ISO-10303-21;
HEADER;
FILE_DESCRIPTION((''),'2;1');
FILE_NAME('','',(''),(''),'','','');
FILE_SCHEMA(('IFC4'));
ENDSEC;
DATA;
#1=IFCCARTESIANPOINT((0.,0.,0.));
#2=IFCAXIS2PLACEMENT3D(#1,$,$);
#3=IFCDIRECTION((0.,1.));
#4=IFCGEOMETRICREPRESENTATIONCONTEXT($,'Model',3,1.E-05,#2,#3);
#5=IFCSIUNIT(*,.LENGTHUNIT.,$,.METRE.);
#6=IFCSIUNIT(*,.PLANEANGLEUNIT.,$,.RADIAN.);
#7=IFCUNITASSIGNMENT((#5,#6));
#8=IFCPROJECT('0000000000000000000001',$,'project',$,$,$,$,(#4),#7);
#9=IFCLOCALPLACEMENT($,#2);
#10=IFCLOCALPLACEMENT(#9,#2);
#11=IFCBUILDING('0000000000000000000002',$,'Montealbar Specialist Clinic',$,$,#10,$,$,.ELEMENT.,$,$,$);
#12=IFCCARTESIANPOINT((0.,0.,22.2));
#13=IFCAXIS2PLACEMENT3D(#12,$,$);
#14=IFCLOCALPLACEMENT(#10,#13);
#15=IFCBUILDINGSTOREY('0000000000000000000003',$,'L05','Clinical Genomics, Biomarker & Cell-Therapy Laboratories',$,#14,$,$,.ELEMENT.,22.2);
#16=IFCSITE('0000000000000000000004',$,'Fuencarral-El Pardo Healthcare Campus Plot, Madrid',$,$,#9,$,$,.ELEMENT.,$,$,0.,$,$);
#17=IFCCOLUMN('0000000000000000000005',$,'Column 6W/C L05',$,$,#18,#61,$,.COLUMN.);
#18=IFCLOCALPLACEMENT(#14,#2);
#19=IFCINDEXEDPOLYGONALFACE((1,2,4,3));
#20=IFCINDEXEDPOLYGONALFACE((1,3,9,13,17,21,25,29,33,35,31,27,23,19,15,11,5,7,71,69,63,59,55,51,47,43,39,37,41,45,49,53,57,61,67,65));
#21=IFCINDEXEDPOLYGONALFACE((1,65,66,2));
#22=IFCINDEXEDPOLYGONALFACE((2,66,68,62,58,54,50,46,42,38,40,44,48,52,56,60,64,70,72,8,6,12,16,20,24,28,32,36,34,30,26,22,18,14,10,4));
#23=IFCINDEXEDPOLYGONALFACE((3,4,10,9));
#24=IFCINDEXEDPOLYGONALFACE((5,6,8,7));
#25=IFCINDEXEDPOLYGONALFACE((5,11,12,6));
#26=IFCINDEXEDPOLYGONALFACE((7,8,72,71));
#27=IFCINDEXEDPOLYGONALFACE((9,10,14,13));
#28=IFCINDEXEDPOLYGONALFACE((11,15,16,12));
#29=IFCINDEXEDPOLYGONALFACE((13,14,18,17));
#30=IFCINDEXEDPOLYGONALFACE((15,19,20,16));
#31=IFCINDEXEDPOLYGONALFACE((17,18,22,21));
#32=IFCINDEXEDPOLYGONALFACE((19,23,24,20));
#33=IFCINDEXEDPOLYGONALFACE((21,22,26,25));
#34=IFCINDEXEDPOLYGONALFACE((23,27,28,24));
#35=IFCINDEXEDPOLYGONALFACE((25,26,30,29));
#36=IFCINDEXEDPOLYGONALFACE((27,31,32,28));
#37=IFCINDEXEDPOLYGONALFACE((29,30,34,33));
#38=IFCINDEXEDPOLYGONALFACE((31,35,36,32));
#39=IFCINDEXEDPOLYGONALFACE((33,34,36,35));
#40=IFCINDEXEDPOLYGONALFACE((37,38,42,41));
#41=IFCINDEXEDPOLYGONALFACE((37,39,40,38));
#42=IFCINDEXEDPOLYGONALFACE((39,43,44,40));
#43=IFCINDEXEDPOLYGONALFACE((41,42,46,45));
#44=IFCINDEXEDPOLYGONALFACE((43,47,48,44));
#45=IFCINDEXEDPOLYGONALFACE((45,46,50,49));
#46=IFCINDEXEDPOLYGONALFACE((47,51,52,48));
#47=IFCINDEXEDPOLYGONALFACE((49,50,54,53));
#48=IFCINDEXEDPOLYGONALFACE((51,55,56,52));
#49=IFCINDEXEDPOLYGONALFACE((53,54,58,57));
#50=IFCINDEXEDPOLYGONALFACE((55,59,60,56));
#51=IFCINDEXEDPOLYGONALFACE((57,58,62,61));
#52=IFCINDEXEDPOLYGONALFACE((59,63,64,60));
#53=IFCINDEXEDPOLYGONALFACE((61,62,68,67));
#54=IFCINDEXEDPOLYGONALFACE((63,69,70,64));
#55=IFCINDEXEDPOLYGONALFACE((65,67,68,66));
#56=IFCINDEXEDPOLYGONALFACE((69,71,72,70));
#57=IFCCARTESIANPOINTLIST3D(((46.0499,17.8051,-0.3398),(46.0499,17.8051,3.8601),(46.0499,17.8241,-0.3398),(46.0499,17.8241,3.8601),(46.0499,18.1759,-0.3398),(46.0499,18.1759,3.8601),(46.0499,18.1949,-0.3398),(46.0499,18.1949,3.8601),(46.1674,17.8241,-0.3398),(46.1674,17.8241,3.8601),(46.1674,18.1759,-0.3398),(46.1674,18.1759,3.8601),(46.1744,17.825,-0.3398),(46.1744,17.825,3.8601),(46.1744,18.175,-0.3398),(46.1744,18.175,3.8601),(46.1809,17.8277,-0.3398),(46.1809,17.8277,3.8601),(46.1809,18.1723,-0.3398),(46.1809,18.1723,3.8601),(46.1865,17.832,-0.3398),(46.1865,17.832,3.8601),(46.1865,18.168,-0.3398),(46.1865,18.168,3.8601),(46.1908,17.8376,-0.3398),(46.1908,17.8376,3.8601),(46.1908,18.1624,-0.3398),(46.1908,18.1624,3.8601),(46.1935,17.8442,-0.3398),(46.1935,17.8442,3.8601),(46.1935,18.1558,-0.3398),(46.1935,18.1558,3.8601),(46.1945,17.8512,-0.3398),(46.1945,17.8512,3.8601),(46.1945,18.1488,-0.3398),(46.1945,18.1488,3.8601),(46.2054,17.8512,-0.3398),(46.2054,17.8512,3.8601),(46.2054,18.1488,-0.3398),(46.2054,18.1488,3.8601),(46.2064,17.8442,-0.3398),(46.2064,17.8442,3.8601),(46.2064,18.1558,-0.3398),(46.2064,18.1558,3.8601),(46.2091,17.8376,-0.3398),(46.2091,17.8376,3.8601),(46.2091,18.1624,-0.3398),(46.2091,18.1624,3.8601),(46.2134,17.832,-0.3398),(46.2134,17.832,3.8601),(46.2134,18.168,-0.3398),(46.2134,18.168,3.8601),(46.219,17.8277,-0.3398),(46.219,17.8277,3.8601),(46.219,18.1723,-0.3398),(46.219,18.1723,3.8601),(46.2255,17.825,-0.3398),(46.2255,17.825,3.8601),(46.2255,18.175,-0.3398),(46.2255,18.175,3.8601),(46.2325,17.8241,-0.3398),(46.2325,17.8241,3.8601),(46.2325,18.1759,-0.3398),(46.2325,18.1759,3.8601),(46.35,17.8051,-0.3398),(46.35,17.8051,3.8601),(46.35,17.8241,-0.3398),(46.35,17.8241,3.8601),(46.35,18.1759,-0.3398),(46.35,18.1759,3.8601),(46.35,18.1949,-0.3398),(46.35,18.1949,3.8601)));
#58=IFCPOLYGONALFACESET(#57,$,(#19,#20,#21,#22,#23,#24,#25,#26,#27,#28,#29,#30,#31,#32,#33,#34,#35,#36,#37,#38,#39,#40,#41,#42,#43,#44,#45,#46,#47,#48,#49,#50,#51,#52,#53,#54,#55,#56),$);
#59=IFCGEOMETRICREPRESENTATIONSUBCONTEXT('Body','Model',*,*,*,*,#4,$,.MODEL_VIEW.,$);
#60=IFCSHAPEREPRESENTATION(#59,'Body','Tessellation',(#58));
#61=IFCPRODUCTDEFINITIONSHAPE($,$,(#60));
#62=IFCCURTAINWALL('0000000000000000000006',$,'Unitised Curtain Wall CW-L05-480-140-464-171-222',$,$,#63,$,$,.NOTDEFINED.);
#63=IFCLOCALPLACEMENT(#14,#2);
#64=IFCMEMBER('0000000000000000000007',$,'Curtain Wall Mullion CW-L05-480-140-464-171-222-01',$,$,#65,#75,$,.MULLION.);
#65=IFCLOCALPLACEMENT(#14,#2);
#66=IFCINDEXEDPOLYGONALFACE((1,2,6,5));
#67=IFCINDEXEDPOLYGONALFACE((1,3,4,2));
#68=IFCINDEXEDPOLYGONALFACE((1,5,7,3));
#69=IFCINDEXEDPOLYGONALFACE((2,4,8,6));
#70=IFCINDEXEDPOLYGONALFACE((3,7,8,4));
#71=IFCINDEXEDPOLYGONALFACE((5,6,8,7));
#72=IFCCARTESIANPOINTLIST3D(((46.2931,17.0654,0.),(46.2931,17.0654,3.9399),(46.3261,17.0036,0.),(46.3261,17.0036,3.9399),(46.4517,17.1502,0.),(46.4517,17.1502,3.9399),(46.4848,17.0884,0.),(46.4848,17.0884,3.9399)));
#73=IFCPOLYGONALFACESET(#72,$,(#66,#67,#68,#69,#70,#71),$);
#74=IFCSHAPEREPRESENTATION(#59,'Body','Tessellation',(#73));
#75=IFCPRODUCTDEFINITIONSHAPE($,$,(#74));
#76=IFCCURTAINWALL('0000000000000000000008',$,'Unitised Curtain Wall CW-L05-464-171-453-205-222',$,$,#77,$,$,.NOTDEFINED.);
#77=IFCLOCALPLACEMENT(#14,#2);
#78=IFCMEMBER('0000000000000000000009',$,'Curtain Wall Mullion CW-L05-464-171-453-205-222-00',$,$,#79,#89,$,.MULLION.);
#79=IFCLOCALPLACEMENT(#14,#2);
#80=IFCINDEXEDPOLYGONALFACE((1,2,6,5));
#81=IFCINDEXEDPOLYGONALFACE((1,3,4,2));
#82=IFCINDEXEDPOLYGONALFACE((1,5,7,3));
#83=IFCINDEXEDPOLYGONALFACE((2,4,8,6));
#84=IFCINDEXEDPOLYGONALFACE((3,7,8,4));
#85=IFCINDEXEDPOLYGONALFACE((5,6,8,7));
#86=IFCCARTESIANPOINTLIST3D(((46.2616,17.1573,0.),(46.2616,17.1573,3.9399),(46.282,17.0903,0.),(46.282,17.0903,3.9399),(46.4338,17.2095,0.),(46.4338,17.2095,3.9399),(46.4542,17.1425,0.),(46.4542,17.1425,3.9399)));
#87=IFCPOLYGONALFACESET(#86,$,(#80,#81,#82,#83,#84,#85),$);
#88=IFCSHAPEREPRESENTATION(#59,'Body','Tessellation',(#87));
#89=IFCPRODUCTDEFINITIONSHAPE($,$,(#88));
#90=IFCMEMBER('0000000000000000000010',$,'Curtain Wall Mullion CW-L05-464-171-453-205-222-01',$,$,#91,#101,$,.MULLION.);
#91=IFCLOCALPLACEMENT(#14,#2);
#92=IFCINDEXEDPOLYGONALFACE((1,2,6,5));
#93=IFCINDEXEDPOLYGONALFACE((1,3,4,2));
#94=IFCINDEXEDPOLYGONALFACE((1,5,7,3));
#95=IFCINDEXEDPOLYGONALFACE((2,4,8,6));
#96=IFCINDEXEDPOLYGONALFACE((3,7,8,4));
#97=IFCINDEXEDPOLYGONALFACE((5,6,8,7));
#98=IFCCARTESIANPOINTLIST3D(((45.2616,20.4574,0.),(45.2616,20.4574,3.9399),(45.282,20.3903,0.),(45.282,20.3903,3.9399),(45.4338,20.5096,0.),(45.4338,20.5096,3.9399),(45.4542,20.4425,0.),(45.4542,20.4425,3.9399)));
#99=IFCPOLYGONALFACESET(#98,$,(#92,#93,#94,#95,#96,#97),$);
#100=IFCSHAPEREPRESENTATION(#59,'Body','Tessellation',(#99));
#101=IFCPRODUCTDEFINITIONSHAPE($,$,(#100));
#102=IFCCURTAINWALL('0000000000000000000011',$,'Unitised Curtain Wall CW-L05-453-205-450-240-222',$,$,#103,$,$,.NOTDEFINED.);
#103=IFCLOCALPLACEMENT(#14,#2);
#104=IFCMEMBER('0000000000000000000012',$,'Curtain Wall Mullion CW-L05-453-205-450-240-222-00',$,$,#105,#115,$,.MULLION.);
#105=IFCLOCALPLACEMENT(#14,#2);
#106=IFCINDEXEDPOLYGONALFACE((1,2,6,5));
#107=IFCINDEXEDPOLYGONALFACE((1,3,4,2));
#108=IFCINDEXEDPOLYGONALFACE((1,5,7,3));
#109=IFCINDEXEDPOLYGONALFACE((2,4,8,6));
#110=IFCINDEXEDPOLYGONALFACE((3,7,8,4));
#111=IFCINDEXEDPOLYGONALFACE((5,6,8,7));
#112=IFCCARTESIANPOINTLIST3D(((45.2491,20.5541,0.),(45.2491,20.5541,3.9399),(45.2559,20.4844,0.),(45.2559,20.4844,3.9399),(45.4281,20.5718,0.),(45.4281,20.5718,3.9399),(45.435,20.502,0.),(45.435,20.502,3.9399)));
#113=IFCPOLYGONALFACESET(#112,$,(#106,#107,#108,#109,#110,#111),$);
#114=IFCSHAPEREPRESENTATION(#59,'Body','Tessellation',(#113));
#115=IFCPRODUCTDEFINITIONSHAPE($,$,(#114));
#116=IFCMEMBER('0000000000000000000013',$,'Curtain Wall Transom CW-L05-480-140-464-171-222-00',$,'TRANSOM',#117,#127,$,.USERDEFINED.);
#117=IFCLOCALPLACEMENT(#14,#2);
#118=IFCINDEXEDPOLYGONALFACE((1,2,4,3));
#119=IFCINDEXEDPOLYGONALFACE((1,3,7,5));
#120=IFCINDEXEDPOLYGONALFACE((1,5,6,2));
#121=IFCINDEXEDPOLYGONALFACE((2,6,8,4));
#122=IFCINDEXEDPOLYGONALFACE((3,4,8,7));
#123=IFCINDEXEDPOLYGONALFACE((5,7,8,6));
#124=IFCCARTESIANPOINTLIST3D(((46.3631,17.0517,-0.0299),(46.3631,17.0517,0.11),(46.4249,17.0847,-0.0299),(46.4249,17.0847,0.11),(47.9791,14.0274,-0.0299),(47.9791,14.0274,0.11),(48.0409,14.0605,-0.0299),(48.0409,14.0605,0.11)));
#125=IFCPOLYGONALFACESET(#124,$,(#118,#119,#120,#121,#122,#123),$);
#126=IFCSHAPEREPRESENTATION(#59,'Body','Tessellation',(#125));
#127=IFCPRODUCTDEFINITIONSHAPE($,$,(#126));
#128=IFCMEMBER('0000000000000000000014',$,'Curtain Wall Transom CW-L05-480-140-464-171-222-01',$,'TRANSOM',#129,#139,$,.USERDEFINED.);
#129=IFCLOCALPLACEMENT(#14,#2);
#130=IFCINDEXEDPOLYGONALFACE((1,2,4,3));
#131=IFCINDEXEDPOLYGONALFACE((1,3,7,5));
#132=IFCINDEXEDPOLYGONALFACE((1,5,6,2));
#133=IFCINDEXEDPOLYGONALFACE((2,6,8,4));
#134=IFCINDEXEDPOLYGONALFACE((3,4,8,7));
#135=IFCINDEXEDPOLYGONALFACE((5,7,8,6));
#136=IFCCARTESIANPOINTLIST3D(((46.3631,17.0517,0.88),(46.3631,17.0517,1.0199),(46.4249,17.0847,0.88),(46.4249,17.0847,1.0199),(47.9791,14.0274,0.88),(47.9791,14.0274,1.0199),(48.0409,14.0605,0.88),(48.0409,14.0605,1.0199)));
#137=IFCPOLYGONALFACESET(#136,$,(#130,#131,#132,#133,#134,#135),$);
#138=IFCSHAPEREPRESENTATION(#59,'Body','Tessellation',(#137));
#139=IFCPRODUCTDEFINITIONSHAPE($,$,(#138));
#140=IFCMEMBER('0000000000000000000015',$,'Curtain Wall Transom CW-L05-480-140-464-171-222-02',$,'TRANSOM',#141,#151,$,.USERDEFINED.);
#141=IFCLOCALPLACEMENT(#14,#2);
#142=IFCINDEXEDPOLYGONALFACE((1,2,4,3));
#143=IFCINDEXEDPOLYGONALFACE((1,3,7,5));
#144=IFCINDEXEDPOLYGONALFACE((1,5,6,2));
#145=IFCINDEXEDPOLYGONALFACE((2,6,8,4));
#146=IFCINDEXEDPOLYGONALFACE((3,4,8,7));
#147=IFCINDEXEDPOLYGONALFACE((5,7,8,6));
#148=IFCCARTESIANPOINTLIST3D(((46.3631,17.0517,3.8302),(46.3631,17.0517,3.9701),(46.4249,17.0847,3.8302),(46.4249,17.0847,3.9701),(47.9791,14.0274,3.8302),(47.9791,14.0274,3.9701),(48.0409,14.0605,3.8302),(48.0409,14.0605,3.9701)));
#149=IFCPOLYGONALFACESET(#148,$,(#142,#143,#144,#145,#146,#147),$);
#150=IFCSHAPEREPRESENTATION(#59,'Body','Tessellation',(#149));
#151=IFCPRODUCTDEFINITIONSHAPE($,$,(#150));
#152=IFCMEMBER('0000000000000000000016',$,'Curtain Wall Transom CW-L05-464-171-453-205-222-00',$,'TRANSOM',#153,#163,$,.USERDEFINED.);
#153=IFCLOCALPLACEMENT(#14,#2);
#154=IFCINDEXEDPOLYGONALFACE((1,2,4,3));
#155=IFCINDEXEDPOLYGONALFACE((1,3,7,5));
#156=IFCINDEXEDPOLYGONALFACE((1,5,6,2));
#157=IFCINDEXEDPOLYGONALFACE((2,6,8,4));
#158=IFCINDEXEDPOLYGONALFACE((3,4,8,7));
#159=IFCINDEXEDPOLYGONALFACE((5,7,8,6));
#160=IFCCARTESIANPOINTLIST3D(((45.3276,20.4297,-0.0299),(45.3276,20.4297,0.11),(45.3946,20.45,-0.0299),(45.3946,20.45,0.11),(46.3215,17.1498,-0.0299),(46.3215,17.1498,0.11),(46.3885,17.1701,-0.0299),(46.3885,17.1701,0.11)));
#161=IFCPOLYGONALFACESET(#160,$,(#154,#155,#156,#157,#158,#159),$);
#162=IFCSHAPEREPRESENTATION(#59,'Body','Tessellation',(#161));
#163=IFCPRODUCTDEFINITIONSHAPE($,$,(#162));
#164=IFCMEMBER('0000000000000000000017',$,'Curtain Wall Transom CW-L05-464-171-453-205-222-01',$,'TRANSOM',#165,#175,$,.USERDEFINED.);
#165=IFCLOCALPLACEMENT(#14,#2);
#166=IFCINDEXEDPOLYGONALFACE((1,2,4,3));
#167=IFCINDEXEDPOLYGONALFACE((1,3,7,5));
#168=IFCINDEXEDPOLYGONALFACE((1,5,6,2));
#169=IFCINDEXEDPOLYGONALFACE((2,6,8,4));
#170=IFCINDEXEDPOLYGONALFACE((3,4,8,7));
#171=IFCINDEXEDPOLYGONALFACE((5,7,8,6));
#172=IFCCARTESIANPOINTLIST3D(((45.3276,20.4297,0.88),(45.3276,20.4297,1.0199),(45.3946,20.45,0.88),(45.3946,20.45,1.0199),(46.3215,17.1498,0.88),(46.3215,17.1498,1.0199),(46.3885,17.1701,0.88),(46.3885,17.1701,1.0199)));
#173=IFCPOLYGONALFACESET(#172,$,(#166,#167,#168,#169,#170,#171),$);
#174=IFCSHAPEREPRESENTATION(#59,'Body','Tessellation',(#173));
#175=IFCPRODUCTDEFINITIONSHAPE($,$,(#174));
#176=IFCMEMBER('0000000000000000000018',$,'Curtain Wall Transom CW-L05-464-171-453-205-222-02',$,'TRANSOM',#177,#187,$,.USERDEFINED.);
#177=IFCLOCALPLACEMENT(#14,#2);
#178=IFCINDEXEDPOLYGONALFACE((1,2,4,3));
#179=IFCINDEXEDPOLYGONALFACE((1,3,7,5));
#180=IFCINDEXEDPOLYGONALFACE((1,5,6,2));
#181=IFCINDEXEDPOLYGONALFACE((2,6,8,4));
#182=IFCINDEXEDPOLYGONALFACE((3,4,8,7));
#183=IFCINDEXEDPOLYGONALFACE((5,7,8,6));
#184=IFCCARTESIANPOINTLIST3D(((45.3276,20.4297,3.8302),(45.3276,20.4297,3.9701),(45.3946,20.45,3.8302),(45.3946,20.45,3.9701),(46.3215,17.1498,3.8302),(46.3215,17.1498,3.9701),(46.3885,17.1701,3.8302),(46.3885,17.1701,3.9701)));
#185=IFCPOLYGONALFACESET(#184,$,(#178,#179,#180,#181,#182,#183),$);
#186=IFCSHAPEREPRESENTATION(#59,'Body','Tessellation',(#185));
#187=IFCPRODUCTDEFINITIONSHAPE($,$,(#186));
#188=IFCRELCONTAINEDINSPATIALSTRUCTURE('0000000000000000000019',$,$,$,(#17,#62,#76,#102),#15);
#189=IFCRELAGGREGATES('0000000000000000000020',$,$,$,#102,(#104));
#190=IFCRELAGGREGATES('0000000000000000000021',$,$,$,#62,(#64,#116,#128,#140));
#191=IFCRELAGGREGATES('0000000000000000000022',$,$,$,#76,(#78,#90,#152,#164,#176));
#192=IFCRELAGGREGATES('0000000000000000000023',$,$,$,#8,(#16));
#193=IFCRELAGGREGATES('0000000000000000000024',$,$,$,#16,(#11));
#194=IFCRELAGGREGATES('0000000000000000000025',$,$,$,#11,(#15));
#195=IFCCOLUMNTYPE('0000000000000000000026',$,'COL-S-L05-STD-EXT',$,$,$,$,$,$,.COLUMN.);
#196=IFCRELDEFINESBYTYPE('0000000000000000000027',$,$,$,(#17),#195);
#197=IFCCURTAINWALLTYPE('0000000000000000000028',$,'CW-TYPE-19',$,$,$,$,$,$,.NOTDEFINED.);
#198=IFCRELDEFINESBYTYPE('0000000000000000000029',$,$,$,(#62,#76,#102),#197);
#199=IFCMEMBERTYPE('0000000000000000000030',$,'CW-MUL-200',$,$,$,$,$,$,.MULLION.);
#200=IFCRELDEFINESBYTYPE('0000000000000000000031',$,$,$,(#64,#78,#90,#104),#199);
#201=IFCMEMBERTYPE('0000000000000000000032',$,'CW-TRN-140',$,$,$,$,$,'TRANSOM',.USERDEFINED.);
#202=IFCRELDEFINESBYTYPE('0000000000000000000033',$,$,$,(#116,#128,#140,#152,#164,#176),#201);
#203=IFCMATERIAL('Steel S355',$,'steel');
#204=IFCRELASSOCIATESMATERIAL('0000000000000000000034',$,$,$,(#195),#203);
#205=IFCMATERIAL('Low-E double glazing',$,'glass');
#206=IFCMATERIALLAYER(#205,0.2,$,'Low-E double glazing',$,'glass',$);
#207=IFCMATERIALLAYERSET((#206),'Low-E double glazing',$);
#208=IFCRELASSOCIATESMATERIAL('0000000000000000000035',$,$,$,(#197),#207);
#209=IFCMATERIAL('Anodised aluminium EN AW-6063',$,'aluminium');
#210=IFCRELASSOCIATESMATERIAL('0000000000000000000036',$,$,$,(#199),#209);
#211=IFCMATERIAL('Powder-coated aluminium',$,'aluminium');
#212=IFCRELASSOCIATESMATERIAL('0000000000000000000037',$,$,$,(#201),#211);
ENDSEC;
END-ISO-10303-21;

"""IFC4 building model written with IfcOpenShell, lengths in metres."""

from ifc_helpers import new_model, si_unit, direction, frame, origin, origin_2d, place, context, subcontext, project, spatial, rectangle, i_section, extrude, material, layer, layer_set, material_profile, profile_set, type_object, element, aggregate, save


model = new_model("IFC4")

# Units and contexts
model_context = context("Model", 3, precision=1e-05, world=origin(), true_north=direction((0.0, 1.0)))
body_context = subcontext(model_context, "Body", "Model", "MODEL_VIEW")
ifc_project = project(units=[si_unit("LENGTHUNIT", "METRE"), si_unit("PLANEANGLEUNIT", "RADIAN")], contexts=[model_context])

# Site, building, storey
site_placement = place(None, origin())
site = spatial("IfcSite", under=ifc_project, at=site_placement, Name="Fuencarral-El Pardo Healthcare Campus Plot, Madrid", CompositionType="ELEMENT", RefElevation=0.0)
building_placement = place(site_placement, origin())
building = spatial("IfcBuilding", under=site, at=building_placement, Name="Montealbar Specialist Clinic", CompositionType="ELEMENT")
storey_placement = place(building_placement, frame((0.0, 0.0, 22.2)))
storey = spatial("IfcBuildingStorey", under=building, at=storey_placement, Name="L05", Description="Clinical Genomics, Biomarker & Cell-Therapy Laboratories", CompositionType="ELEMENT", Elevation=22.2)

# Column
ifc_material_1 = material(Name="Steel S355", Category="steel")
ifc_material_profile_1 = material_profile(ifc_material_1, i_section(OverallWidth=0.3, OverallDepth=0.3899, WebThickness=0.011, FlangeThickness=0.019, FilletRadius=0.0271, at=origin_2d()), Name="HEA 400", Category="steel")
ifc_profile_set_1 = profile_set([ifc_material_profile_1], Name="Steel S355")
column_type = type_object("IfcColumnType", Name="COL-S-L05-STD-EXT", PredefinedType="COLUMN", material=ifc_profile_set_1)
column_placement = place(storey_placement, frame((46.2, 18.0, -0.3398), z_axis=(0.0, 0.0, 1.0), x_axis=(1.0, 0.0, 0.0)))
element("IfcColumn", 1, at=column_placement, inside=storey, type_object=column_type, Name="Column 6W/C L05", PredefinedType="COLUMN", context=body_context, shape_type="SweptSolid", body=[
    extrude(i_section(OverallWidth=0.3, OverallDepth=0.3899, WebThickness=0.011, FlangeThickness=0.019, FilletRadius=0.0271, at=origin_2d()), origin(), (0.0, 0.0, 1.0), 4.2),
])

# Curtain wall, member
ifc_material_2 = material(Name="Low-E double glazing", Category="glass")
ifc_layer_1 = layer(ifc_material_2, 0.2, Name="Low-E double glazing", Category="glass")
ifc_layer_set_1 = layer_set([ifc_layer_1], Name="Low-E double glazing")
curtain_wall_type = type_object("IfcCurtainWallType", Name="CW-TYPE-19", PredefinedType="NOTDEFINED", material=ifc_layer_set_1)
curtain_wall_1_placement = place(storey_placement, origin())
curtain_wall_1 = element("IfcCurtainWall", 2, at=curtain_wall_1_placement, inside=storey, type_object=curtain_wall_type, Name="Unitised Curtain Wall CW-L05-480-140-464-171-222", PredefinedType="NOTDEFINED")
ifc_material_3 = material(Name="Anodised aluminium EN AW-6063", Category="aluminium")
ifc_material_profile_2 = material_profile(ifc_material_3, rectangle(XDim=0.0701, YDim=0.1799, at=origin_2d()), Name="ALU 70x180", Category="aluminium")
ifc_profile_set_2 = profile_set([ifc_material_profile_2], Name="Anodised aluminium EN AW-6063")
member_type_1 = type_object("IfcMemberType", Name="CW-MUL-200", PredefinedType="MULLION", material=ifc_profile_set_2)
member_1_placement = place(storey_placement, frame((46.3889, 17.0769, 0.0), z_axis=(0.0, 0.0, 1.0), x_axis=(-0.471529, 0.88185, 0.0)))
member_1 = element("IfcMember", 3, at=member_1_placement, type_object=member_type_1, Name="Curtain Wall Mullion CW-L05-480-140-464-171-222-01", PredefinedType="MULLION", context=body_context, shape_type="SweptSolid", body=[
    extrude(rectangle(XDim=0.0701, YDim=0.1799, at=origin_2d()), origin(), (0.0, 0.0, 1.0), 3.9399),
])

# Curtain wall, members
curtain_wall_2_placement = place(storey_placement, origin())
curtain_wall_2 = element("IfcCurtainWall", 4, at=curtain_wall_2_placement, inside=storey, type_object=curtain_wall_type, Name="Unitised Curtain Wall CW-L05-464-171-453-205-222", PredefinedType="NOTDEFINED")
member_2_placement = place(storey_placement, frame((46.3579, 17.1499, 0.0), z_axis=(0.0, 0.0, 1.0), x_axis=(-0.290259, 0.956948, 0.0)))
member_2 = element("IfcMember", 5, at=member_2_placement, type_object=member_type_1, Name="Curtain Wall Mullion CW-L05-464-171-453-205-222-00", PredefinedType="MULLION", context=body_context, shape_type="SweptSolid", body=[
    extrude(rectangle(XDim=0.0701, YDim=0.1799, at=origin_2d()), origin(), (0.0, 0.0, 1.0), 3.9399),
])
member_3_placement = place(storey_placement, frame((45.3579, 20.45, 0.0), z_axis=(0.0, 0.0, 1.0), x_axis=(-0.290259, 0.956948, 0.0)))
member_3 = element("IfcMember", 6, at=member_3_placement, type_object=member_type_1, Name="Curtain Wall Mullion CW-L05-464-171-453-205-222-01", PredefinedType="MULLION", context=body_context, shape_type="SweptSolid", body=[
    extrude(rectangle(XDim=0.0701, YDim=0.1799, at=origin_2d()), origin(), (0.0, 0.0, 1.0), 3.9399),
])

# Curtain wall, member
curtain_wall_3_placement = place(storey_placement, origin())
curtain_wall_3 = element("IfcCurtainWall", 7, at=curtain_wall_3_placement, inside=storey, type_object=curtain_wall_type, Name="Unitised Curtain Wall CW-L05-453-205-450-240-222", PredefinedType="NOTDEFINED")
member_4_placement = place(storey_placement, frame((45.342, 20.5281, 0.0), z_axis=(0.0, 0.0, 1.0), x_axis=(-0.098045, 0.995182, 0.0)))
member_4 = element("IfcMember", 8, at=member_4_placement, type_object=member_type_1, Name="Curtain Wall Mullion CW-L05-453-205-450-240-222-00", PredefinedType="MULLION", context=body_context, shape_type="SweptSolid", body=[
    extrude(rectangle(XDim=0.0701, YDim=0.1799, at=origin_2d()), origin(), (0.0, 0.0, 1.0), 3.9399),
])

# Members
ifc_material_4 = material(Name="Powder-coated aluminium", Category="aluminium")
ifc_material_profile_3 = material_profile(ifc_material_4, rectangle(XDim=0.0701, YDim=0.1399, at=origin_2d()), Name="ALU 70x140", Category="aluminium")
ifc_profile_set_3 = profile_set([ifc_material_profile_3], Name="Powder-coated aluminium")
member_type_2 = type_object("IfcMemberType", Name="CW-TRN-140", ElementType="TRANSOM", PredefinedType="USERDEFINED", material=ifc_profile_set_3)
member_5_placement = place(storey_placement, frame((48.01, 14.0439, 0.04), z_axis=(-0.471287, 0.88198, 0.0), x_axis=(-0.88198, -0.471287, 0.0)))
member_5 = element("IfcMember", 9, at=member_5_placement, type_object=member_type_2, Name="Curtain Wall Transom CW-L05-480-140-464-171-222-00", ObjectType="TRANSOM", PredefinedType="USERDEFINED", context=body_context, shape_type="SweptSolid", body=[
    extrude(rectangle(XDim=0.0701, YDim=0.1399, at=origin_2d()), origin(), (0.0, 0.0, 1.0), 3.429),
])
member_6_placement = place(storey_placement, frame((48.01, 14.0439, 0.95), z_axis=(-0.471287, 0.88198, 0.0), x_axis=(-0.88198, -0.471287, 0.0)))
member_6 = element("IfcMember", 10, at=member_6_placement, type_object=member_type_2, Name="Curtain Wall Transom CW-L05-480-140-464-171-222-01", ObjectType="TRANSOM", PredefinedType="USERDEFINED", context=body_context, shape_type="SweptSolid", body=[
    extrude(rectangle(XDim=0.0701, YDim=0.1399, at=origin_2d()), origin(), (0.0, 0.0, 1.0), 3.429),
])
member_7_placement = place(storey_placement, frame((48.01, 14.0439, 3.9001), z_axis=(-0.471287, 0.88198, 0.0), x_axis=(-0.88198, -0.471287, 0.0)))
member_7 = element("IfcMember", 11, at=member_7_placement, type_object=member_type_2, Name="Curtain Wall Transom CW-L05-480-140-464-171-222-02", ObjectType="TRANSOM", PredefinedType="USERDEFINED", context=body_context, shape_type="SweptSolid", body=[
    extrude(rectangle(XDim=0.0701, YDim=0.1399, at=origin_2d()), origin(), (0.0, 0.0, 1.0), 3.429),
])
member_8_placement = place(storey_placement, frame((46.355, 17.1599, 0.04), z_axis=(-0.289994, 0.957029, 0.0), x_axis=(-0.957029, -0.289994, 0.0)))
member_8 = element("IfcMember", 12, at=member_8_placement, type_object=member_type_2, Name="Curtain Wall Transom CW-L05-464-171-453-205-222-00", ObjectType="TRANSOM", PredefinedType="USERDEFINED", context=body_context, shape_type="SweptSolid", body=[
    extrude(rectangle(XDim=0.0701, YDim=0.1399, at=origin_2d()), origin(), (0.0, 0.0, 1.0), 3.4272),
])
member_9_placement = place(storey_placement, frame((46.355, 17.1599, 0.95), z_axis=(-0.289994, 0.957029, 0.0), x_axis=(-0.957029, -0.289994, 0.0)))
member_9 = element("IfcMember", 13, at=member_9_placement, type_object=member_type_2, Name="Curtain Wall Transom CW-L05-464-171-453-205-222-01", ObjectType="TRANSOM", PredefinedType="USERDEFINED", context=body_context, shape_type="SweptSolid", body=[
    extrude(rectangle(XDim=0.0701, YDim=0.1399, at=origin_2d()), origin(), (0.0, 0.0, 1.0), 3.4272),
])
member_10_placement = place(storey_placement, frame((46.355, 17.1599, 3.9001), z_axis=(-0.289994, 0.957029, 0.0), x_axis=(-0.957029, -0.289994, 0.0)))
member_10 = element("IfcMember", 14, at=member_10_placement, type_object=member_type_2, Name="Curtain Wall Transom CW-L05-464-171-453-205-222-02", ObjectType="TRANSOM", PredefinedType="USERDEFINED", context=body_context, shape_type="SweptSolid", body=[
    extrude(rectangle(XDim=0.0701, YDim=0.1399, at=origin_2d()), origin(), (0.0, 0.0, 1.0), 3.4272),
])
aggregate(curtain_wall_3, [member_4])

aggregate(curtain_wall_1, [member_1, member_5, member_6, member_7])
aggregate(curtain_wall_2, [member_2, member_3, member_8, member_9, member_10])

save(model, "model.ifc")
